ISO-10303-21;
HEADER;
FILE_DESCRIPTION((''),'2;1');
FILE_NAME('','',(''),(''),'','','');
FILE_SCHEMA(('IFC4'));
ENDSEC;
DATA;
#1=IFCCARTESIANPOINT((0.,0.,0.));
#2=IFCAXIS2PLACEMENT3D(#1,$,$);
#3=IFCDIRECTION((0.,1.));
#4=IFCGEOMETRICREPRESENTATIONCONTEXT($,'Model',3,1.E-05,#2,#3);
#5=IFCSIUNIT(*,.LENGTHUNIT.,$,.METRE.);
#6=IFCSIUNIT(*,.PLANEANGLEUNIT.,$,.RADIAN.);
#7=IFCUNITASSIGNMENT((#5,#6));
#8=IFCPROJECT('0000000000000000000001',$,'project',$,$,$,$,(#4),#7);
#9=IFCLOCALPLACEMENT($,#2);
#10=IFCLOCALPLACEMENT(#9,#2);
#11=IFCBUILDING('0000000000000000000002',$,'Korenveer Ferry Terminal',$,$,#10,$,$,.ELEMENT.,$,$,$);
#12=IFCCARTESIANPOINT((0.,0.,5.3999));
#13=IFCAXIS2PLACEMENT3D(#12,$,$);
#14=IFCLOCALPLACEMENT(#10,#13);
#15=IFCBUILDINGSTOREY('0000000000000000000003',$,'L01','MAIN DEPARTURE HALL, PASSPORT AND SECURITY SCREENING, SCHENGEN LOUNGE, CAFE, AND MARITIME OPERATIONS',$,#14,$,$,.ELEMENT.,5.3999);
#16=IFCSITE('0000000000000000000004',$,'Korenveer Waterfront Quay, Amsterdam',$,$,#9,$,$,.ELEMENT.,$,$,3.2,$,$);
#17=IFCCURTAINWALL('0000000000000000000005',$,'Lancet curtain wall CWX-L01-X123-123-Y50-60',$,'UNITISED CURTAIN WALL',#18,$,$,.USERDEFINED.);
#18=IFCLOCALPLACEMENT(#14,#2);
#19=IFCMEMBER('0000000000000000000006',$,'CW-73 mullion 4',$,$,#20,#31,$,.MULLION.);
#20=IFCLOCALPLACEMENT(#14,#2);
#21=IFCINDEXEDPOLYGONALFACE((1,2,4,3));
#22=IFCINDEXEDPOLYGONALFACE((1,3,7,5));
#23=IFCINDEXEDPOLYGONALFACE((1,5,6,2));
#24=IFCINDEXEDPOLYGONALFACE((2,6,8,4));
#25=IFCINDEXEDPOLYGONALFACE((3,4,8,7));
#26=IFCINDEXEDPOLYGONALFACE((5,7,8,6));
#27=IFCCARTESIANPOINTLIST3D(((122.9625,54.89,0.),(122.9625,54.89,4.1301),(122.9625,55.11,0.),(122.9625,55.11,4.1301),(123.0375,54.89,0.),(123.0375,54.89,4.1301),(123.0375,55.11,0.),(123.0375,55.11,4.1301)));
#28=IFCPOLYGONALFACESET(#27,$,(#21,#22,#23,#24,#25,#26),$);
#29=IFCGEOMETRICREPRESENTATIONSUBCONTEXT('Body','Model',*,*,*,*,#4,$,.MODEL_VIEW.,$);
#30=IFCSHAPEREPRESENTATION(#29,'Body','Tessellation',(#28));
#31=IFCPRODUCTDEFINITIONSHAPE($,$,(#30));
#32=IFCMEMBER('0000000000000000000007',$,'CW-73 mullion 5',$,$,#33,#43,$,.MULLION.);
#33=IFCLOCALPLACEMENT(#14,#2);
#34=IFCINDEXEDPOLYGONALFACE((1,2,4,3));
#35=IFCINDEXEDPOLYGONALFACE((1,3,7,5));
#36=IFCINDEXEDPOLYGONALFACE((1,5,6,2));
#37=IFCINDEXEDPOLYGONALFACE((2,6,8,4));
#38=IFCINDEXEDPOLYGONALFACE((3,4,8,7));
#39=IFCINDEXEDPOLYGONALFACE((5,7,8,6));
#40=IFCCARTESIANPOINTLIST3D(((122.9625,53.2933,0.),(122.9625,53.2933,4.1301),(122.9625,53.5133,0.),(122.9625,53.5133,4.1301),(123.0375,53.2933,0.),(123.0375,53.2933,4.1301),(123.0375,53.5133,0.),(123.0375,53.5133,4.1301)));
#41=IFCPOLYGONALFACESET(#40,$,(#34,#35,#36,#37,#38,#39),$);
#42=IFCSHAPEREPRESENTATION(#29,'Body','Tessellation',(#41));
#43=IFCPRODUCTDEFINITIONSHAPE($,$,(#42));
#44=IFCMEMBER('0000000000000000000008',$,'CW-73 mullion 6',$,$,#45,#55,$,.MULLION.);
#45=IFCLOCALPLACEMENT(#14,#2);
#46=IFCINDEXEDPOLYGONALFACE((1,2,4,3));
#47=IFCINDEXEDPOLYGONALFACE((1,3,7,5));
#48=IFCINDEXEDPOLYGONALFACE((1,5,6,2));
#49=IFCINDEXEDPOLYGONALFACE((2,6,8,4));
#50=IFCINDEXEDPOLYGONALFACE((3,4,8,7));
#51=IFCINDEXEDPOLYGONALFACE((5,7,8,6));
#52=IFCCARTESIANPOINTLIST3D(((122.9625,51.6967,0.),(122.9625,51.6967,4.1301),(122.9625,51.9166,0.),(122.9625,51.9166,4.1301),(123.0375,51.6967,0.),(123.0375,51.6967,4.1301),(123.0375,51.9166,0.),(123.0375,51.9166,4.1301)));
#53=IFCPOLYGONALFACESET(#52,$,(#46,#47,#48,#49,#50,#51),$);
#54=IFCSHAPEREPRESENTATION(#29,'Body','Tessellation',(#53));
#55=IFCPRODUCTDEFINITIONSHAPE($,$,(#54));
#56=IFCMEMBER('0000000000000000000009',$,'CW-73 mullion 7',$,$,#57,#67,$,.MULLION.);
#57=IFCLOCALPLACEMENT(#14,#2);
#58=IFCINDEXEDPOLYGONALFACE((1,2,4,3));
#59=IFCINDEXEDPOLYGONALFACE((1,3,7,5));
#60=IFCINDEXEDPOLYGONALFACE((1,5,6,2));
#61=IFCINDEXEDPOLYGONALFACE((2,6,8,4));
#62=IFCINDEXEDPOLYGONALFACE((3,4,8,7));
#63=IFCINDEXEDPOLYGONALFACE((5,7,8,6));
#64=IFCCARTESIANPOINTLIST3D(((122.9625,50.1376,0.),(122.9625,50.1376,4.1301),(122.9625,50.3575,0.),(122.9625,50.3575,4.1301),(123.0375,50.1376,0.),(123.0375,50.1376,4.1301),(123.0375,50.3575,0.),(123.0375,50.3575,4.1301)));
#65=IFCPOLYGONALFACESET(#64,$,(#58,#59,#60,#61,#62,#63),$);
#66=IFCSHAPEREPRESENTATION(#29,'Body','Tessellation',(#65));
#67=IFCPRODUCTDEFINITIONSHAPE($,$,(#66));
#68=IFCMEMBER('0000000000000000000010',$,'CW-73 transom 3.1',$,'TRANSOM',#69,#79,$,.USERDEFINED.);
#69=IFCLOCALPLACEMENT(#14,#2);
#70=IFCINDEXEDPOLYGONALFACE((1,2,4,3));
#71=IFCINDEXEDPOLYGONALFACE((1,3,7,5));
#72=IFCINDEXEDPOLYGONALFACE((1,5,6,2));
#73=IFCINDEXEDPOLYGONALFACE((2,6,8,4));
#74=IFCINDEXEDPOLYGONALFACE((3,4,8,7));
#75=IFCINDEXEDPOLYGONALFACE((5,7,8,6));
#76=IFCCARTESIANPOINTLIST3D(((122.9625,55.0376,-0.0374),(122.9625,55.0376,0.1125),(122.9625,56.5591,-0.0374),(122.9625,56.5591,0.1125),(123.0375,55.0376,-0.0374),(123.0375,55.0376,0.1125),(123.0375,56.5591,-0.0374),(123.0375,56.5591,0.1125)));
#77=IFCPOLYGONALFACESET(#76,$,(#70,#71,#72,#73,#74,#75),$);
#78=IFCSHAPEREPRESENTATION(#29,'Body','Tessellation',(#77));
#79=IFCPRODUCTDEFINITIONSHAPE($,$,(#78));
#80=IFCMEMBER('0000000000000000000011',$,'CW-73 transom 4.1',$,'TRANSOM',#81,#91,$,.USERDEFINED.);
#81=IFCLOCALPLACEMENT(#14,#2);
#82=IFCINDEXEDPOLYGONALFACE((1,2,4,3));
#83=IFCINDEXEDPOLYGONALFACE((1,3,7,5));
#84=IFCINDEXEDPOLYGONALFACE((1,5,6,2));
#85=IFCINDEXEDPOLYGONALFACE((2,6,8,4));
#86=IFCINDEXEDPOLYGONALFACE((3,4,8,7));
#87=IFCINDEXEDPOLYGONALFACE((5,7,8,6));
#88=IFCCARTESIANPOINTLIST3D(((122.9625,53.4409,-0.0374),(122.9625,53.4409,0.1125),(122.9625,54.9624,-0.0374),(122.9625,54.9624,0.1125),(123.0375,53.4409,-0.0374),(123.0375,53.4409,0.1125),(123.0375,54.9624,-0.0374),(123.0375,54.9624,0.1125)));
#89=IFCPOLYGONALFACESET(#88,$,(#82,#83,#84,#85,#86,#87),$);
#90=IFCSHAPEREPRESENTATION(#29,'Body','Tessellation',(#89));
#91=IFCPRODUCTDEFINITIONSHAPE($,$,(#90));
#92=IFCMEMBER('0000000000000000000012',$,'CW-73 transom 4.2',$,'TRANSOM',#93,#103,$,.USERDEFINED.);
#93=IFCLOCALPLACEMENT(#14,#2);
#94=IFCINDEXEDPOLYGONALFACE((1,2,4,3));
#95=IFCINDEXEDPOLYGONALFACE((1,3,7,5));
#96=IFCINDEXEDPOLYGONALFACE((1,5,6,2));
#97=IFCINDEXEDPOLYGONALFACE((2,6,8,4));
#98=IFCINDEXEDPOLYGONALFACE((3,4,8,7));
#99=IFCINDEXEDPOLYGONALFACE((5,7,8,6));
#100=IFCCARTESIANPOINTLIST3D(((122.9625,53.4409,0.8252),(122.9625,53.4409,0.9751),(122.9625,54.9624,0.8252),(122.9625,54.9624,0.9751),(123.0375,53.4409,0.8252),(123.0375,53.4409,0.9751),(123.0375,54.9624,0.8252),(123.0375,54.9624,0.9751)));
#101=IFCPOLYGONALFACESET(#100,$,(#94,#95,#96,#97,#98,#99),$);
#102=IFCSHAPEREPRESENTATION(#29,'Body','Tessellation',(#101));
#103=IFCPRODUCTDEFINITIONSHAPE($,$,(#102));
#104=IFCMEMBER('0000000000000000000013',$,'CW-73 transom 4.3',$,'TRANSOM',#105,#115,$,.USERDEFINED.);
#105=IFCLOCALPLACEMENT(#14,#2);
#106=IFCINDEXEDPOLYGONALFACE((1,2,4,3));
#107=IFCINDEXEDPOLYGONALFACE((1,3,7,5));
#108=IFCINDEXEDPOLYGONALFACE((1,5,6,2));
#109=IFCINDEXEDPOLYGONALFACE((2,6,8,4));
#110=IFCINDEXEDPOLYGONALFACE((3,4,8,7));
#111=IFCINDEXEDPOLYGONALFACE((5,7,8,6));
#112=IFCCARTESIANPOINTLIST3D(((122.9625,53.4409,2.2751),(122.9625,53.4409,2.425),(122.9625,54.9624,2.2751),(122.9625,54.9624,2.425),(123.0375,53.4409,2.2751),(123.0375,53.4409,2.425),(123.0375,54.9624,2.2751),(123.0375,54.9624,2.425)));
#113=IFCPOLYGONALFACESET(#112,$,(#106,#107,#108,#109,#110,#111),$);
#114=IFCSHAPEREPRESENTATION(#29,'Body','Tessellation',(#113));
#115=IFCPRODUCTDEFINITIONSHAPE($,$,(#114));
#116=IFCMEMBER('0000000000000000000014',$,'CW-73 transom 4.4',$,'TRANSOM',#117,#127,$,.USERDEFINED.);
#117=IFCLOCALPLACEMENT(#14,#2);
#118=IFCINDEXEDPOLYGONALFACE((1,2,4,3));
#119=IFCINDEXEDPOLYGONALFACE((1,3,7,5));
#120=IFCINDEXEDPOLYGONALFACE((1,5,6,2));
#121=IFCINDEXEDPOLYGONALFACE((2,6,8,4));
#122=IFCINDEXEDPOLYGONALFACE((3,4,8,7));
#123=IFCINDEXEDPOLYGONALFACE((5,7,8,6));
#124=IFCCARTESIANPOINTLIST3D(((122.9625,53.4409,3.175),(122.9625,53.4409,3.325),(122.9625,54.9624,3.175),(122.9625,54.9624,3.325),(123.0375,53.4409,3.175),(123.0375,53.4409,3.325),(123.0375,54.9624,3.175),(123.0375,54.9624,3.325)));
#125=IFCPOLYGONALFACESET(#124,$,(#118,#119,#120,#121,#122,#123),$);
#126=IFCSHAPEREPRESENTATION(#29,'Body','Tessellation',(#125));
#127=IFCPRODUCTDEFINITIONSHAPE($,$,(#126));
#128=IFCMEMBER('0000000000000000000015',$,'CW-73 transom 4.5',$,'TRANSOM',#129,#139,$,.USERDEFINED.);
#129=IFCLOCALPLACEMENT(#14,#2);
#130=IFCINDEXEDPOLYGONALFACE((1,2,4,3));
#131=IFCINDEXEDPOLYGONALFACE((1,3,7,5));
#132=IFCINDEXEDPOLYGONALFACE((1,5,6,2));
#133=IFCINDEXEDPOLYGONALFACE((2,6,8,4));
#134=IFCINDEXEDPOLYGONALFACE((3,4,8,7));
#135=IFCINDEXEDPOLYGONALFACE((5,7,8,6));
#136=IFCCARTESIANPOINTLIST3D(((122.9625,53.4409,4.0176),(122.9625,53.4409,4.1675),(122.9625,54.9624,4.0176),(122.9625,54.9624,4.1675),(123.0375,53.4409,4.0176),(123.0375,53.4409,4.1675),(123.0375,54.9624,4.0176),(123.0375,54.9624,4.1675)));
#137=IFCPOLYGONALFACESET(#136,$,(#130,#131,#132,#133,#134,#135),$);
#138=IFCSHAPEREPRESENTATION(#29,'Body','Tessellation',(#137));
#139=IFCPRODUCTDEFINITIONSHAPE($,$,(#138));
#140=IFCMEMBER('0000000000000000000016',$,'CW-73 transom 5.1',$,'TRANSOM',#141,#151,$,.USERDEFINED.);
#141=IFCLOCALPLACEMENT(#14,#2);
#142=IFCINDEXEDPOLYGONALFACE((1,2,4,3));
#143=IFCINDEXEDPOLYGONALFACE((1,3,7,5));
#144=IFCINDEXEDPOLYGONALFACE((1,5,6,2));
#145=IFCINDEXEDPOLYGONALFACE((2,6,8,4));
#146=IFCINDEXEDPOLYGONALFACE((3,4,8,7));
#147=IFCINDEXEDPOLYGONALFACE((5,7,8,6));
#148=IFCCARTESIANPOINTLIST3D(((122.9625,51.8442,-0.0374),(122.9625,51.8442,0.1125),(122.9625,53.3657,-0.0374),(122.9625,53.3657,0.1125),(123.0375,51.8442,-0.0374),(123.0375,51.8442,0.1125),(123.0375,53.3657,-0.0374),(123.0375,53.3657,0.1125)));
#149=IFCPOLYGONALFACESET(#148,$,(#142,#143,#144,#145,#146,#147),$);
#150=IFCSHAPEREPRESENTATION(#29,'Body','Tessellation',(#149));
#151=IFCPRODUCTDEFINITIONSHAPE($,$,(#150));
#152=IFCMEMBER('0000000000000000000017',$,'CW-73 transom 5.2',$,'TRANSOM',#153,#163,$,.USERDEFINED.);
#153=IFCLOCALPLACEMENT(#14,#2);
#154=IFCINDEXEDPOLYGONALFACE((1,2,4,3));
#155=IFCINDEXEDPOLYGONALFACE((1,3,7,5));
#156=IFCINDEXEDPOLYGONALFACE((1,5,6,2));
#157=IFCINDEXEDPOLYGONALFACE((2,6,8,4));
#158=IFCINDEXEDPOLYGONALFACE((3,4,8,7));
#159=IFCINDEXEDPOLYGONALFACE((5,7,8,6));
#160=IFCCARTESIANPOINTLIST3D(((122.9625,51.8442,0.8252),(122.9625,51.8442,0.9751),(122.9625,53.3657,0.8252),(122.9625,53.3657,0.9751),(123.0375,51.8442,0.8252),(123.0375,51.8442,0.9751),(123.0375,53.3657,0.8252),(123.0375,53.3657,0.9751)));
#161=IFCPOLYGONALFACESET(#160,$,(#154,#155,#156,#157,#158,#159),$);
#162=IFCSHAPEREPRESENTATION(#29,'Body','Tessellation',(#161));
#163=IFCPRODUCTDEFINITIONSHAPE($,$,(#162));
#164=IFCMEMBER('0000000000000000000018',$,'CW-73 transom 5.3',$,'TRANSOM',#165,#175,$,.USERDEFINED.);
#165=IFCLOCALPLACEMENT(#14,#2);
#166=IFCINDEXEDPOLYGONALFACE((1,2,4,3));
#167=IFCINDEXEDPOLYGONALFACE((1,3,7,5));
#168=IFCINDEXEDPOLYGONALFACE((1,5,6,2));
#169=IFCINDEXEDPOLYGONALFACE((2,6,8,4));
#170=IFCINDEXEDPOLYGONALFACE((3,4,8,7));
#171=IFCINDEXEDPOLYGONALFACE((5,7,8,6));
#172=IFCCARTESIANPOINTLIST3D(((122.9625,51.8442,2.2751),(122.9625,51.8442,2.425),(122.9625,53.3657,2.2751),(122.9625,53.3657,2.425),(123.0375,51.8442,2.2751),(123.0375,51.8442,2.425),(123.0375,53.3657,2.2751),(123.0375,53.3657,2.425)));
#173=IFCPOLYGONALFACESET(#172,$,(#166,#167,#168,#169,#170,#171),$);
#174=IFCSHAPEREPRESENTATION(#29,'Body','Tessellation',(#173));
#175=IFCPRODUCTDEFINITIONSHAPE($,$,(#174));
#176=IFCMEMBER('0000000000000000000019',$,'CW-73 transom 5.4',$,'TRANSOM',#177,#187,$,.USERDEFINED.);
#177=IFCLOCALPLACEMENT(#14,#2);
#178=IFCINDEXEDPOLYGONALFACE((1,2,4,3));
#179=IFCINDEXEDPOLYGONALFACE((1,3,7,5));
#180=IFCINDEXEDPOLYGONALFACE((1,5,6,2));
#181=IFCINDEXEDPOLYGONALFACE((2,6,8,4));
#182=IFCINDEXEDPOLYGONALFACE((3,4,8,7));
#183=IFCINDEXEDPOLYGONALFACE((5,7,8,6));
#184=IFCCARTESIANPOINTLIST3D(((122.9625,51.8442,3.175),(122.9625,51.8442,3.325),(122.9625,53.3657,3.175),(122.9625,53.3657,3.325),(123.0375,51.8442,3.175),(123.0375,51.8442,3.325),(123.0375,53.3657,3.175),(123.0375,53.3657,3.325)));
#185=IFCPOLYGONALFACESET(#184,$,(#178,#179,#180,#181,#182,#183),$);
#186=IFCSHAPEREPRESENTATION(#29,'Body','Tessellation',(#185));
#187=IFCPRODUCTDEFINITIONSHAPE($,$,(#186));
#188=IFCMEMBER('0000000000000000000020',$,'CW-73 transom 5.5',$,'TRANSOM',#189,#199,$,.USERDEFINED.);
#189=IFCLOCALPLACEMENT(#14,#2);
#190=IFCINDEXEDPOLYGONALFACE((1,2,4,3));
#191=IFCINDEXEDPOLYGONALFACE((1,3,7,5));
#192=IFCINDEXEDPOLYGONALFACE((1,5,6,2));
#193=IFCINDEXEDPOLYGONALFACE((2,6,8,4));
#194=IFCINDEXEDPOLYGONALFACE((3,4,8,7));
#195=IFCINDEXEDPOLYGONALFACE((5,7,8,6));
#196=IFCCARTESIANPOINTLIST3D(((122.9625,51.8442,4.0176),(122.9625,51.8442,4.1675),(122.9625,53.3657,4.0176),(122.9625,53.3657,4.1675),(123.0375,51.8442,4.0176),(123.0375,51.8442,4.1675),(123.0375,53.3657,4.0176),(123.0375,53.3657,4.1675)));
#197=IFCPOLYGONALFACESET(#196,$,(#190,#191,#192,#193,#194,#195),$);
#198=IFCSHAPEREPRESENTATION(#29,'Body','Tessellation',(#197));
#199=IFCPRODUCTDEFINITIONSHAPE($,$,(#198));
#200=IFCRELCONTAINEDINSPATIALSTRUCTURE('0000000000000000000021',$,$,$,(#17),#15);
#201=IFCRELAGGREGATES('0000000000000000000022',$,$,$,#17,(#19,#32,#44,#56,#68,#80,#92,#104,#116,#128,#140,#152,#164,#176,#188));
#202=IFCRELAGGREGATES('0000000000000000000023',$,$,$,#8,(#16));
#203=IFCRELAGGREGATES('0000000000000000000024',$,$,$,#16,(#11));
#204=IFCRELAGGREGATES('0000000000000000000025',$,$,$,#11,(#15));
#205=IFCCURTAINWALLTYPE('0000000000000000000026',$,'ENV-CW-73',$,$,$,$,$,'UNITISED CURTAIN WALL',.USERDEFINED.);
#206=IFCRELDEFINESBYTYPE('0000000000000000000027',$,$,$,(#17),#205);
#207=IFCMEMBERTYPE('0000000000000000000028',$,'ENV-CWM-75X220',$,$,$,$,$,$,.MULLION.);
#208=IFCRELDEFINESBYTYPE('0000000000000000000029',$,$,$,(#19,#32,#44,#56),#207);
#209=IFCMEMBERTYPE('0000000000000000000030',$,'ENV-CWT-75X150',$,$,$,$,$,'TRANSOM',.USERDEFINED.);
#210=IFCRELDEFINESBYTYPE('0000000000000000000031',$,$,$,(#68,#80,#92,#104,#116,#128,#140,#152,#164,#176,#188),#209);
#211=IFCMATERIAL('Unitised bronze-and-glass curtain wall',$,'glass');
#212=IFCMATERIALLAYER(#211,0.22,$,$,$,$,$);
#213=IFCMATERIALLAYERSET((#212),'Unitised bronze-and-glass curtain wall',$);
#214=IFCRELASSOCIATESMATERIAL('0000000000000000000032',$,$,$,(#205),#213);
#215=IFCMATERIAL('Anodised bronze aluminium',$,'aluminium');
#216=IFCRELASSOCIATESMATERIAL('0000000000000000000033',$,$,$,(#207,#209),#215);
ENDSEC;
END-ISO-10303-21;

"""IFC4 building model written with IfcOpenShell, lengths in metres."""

from ifc_helpers import new_model, si_unit, direction, frame, origin, origin_2d, place, context, subcontext, project, spatial, rectangle, extrude, material, layer, layer_set, material_profile, profile_set, type_object, element, aggregate, save


model = new_model("IFC4")

# Units and contexts
model_context = context("Model", 3, precision=1e-05, world=origin(), true_north=direction((0.0, 1.0)))
body_context = subcontext(model_context, "Body", "Model", "MODEL_VIEW")
ifc_project = project(units=[si_unit("LENGTHUNIT", "METRE"), si_unit("PLANEANGLEUNIT", "RADIAN")], contexts=[model_context])

# Site, building, storey
site_placement = place(None, origin())
site = spatial("IfcSite", under=ifc_project, at=site_placement, Name="Korenveer Waterfront Quay, Amsterdam", CompositionType="ELEMENT", RefElevation=3.2)
building_placement = place(site_placement, origin())
building = spatial("IfcBuilding", under=site, at=building_placement, Name="Korenveer Ferry Terminal", CompositionType="ELEMENT")
storey_placement = place(building_placement, frame((0.0, 0.0, 5.3999)))
storey = spatial("IfcBuildingStorey", under=building, at=storey_placement, Name="L01", Description="MAIN DEPARTURE HALL, PASSPORT AND SECURITY SCREENING, SCHENGEN LOUNGE, CAFE, AND MARITIME OPERATIONS", CompositionType="ELEMENT", Elevation=5.3999)

# Curtain wall, members
ifc_material_1 = material(Name="Unitised bronze-and-glass curtain wall", Category="glass")
ifc_layer_1 = layer(ifc_material_1, 0.22)
ifc_layer_set_1 = layer_set([ifc_layer_1], Name="Unitised bronze-and-glass curtain wall")
curtain_wall_type = type_object("IfcCurtainWallType", Name="ENV-CW-73", ElementType="UNITISED CURTAIN WALL", PredefinedType="USERDEFINED", material=ifc_layer_set_1)
curtain_wall_placement = place(storey_placement, frame((123.0, 59.79, 0.0)))
curtain_wall = element("IfcCurtainWall", 1, at=curtain_wall_placement, inside=storey, type_object=curtain_wall_type, Name="Lancet curtain wall CWX-L01-X123-123-Y50-60", ObjectType="UNITISED CURTAIN WALL", PredefinedType="USERDEFINED")
ifc_material_2 = material(Name="Anodised bronze aluminium", Category="aluminium")
ifc_material_profile_1 = material_profile(ifc_material_2, rectangle(XDim=0.075, YDim=0.22, at=origin_2d()), Name="ALU 75x220")
ifc_profile_set_1 = profile_set([ifc_material_profile_1], Name="Anodised bronze aluminium")
member_type_1 = type_object("IfcMemberType", Name="ENV-CWM-75X220", PredefinedType="MULLION", material=ifc_profile_set_1)
member_1_placement = place(storey_placement, frame((123.0, 55.0, 0.0), z_axis=(0.0, 0.0, 1.0), x_axis=(1.0, 0.0, 0.0)))
member_1 = element("IfcMember", 2, at=member_1_placement, type_object=member_type_1, Name="CW-73 mullion 4", PredefinedType="MULLION", context=body_context, shape_type="SweptSolid", body=[
    extrude(rectangle(XDim=0.075, YDim=0.22, at=origin_2d()), origin(), (0.0, 0.0, 1.0), 4.1301),
])
member_2_placement = place(storey_placement, frame((123.0, 53.4033, 0.0), z_axis=(0.0, 0.0, 1.0), x_axis=(1.0, 0.0, 0.0)))
member_2 = element("IfcMember", 3, at=member_2_placement, type_object=member_type_1, Name="CW-73 mullion 5", PredefinedType="MULLION", context=body_context, shape_type="SweptSolid", body=[
    extrude(rectangle(XDim=0.075, YDim=0.22, at=origin_2d()), origin(), (0.0, 0.0, 1.0), 4.1301),
])
member_3_placement = place(storey_placement, frame((123.0, 51.8066, 0.0), z_axis=(0.0, 0.0, 1.0), x_axis=(1.0, 0.0, 0.0)))
member_3 = element("IfcMember", 4, at=member_3_placement, type_object=member_type_1, Name="CW-73 mullion 6", PredefinedType="MULLION", context=body_context, shape_type="SweptSolid", body=[
    extrude(rectangle(XDim=0.075, YDim=0.22, at=origin_2d()), origin(), (0.0, 0.0, 1.0), 4.1301),
])
member_4_placement = place(storey_placement, frame((123.0, 50.2476, 0.0), z_axis=(0.0, 0.0, 1.0), x_axis=(1.0, 0.0, 0.0)))
member_4 = element("IfcMember", 5, at=member_4_placement, type_object=member_type_1, Name="CW-73 mullion 7", PredefinedType="MULLION", context=body_context, shape_type="SweptSolid", body=[
    extrude(rectangle(XDim=0.075, YDim=0.22, at=origin_2d()), origin(), (0.0, 0.0, 1.0), 4.1301),
])
ifc_material_profile_2 = material_profile(ifc_material_2, rectangle(XDim=0.075, YDim=0.1499, at=origin_2d()), Name="ALU 75x150")
ifc_profile_set_2 = profile_set([ifc_material_profile_2], Name="Anodised bronze aluminium")
member_type_2 = type_object("IfcMemberType", Name="ENV-CWT-75X150", ElementType="TRANSOM", PredefinedType="USERDEFINED", material=ifc_profile_set_2)
member_5_placement = place(storey_placement, frame((123.0, 56.5591, 0.0376), z_axis=(0.0, -1.0, 0.0), x_axis=(1.0, 0.0, 0.0)))
member_5 = element("IfcMember", 6, at=member_5_placement, type_object=member_type_2, Name="CW-73 transom 3.1", ObjectType="TRANSOM", PredefinedType="USERDEFINED", context=body_context, shape_type="SweptSolid", body=[
    extrude(rectangle(XDim=0.075, YDim=0.1499, at=origin_2d()), origin(), (0.0, 0.0, 1.0), 1.5215),
])
member_6_placement = place(storey_placement, frame((123.0, 54.9624, 0.0376), z_axis=(0.0, -1.0, 0.0), x_axis=(1.0, 0.0, 0.0)))
member_6 = element("IfcMember", 7, at=member_6_placement, type_object=member_type_2, Name="CW-73 transom 4.1", ObjectType="TRANSOM", PredefinedType="USERDEFINED", context=body_context, shape_type="SweptSolid", body=[
    extrude(rectangle(XDim=0.075, YDim=0.1499, at=origin_2d()), origin(), (0.0, 0.0, 1.0), 1.5215),
])
member_7_placement = place(storey_placement, frame((123.0, 54.9624, 0.9001), z_axis=(0.0, -1.0, 0.0), x_axis=(1.0, 0.0, 0.0)))
member_7 = element("IfcMember", 8, at=member_7_placement, type_object=member_type_2, Name="CW-73 transom 4.2", ObjectType="TRANSOM", PredefinedType="USERDEFINED", context=body_context, shape_type="SweptSolid", body=[
    extrude(rectangle(XDim=0.075, YDim=0.1499, at=origin_2d()), origin(), (0.0, 0.0, 1.0), 1.5215),
])
member_8_placement = place(storey_placement, frame((123.0, 54.9624, 2.3501), z_axis=(0.0, -1.0, 0.0), x_axis=(1.0, 0.0, 0.0)))
member_8 = element("IfcMember", 9, at=member_8_placement, type_object=member_type_2, Name="CW-73 transom 4.3", ObjectType="TRANSOM", PredefinedType="USERDEFINED", context=body_context, shape_type="SweptSolid", body=[
    extrude(rectangle(XDim=0.075, YDim=0.1499, at=origin_2d()), origin(), (0.0, 0.0, 1.0), 1.5215),
])
member_9_placement = place(storey_placement, frame((123.0, 54.9624, 3.25), z_axis=(0.0, -1.0, 0.0), x_axis=(1.0, 0.0, 0.0)))
member_9 = element("IfcMember", 10, at=member_9_placement, type_object=member_type_2, Name="CW-73 transom 4.4", ObjectType="TRANSOM", PredefinedType="USERDEFINED", context=body_context, shape_type="SweptSolid", body=[
    extrude(rectangle(XDim=0.075, YDim=0.1499, at=origin_2d()), origin(), (0.0, 0.0, 1.0), 1.5215),
])
member_10_placement = place(storey_placement, frame((123.0, 54.9624, 4.0925), z_axis=(0.0, -1.0, 0.0), x_axis=(1.0, 0.0, 0.0)))
member_10 = element("IfcMember", 11, at=member_10_placement, type_object=member_type_2, Name="CW-73 transom 4.5", ObjectType="TRANSOM", PredefinedType="USERDEFINED", context=body_context, shape_type="SweptSolid", body=[
    extrude(rectangle(XDim=0.075, YDim=0.1499, at=origin_2d()), origin(), (0.0, 0.0, 1.0), 1.5215),
])
member_11_placement = place(storey_placement, frame((123.0, 53.3657, 0.0376), z_axis=(0.0, -1.0, 0.0), x_axis=(1.0, 0.0, 0.0)))
member_11 = element("IfcMember", 12, at=member_11_placement, type_object=member_type_2, Name="CW-73 transom 5.1", ObjectType="TRANSOM", PredefinedType="USERDEFINED", context=body_context, shape_type="SweptSolid", body=[
    extrude(rectangle(XDim=0.075, YDim=0.1499, at=origin_2d()), origin(), (0.0, 0.0, 1.0), 1.5215),
])
member_12_placement = place(storey_placement, frame((123.0, 53.3657, 0.9001), z_axis=(0.0, -1.0, 0.0), x_axis=(1.0, 0.0, 0.0)))
member_12 = element("IfcMember", 13, at=member_12_placement, type_object=member_type_2, Name="CW-73 transom 5.2", ObjectType="TRANSOM", PredefinedType="USERDEFINED", context=body_context, shape_type="SweptSolid", body=[
    extrude(rectangle(XDim=0.075, YDim=0.1499, at=origin_2d()), origin(), (0.0, 0.0, 1.0), 1.5215),
])
member_13_placement = place(storey_placement, frame((123.0, 53.3657, 2.3501), z_axis=(0.0, -1.0, 0.0), x_axis=(1.0, 0.0, 0.0)))
member_13 = element("IfcMember", 14, at=member_13_placement, type_object=member_type_2, Name="CW-73 transom 5.3", ObjectType="TRANSOM", PredefinedType="USERDEFINED", context=body_context, shape_type="SweptSolid", body=[
    extrude(rectangle(XDim=0.075, YDim=0.1499, at=origin_2d()), origin(), (0.0, 0.0, 1.0), 1.5215),
])
member_14_placement = place(storey_placement, frame((123.0, 53.3657, 3.25), z_axis=(0.0, -1.0, 0.0), x_axis=(1.0, 0.0, 0.0)))
member_14 = element("IfcMember", 15, at=member_14_placement, type_object=member_type_2, Name="CW-73 transom 5.4", ObjectType="TRANSOM", PredefinedType="USERDEFINED", context=body_context, shape_type="SweptSolid", body=[
    extrude(rectangle(XDim=0.075, YDim=0.1499, at=origin_2d()), origin(), (0.0, 0.0, 1.0), 1.5215),
])
member_15_placement = place(storey_placement, frame((123.0, 53.3657, 4.0925), z_axis=(0.0, -1.0, 0.0), x_axis=(1.0, 0.0, 0.0)))
member_15 = element("IfcMember", 16, at=member_15_placement, type_object=member_type_2, Name="CW-73 transom 5.5", ObjectType="TRANSOM", PredefinedType="USERDEFINED", context=body_context, shape_type="SweptSolid", body=[
    extrude(rectangle(XDim=0.075, YDim=0.1499, at=origin_2d()), origin(), (0.0, 0.0, 1.0), 1.5215),
])
aggregate(curtain_wall, [member_1, member_2, member_3, member_4, member_5, member_6, member_7, member_8, member_9, member_10, member_11, member_12, member_13, member_14, member_15])

save(model, "model.ifc")
